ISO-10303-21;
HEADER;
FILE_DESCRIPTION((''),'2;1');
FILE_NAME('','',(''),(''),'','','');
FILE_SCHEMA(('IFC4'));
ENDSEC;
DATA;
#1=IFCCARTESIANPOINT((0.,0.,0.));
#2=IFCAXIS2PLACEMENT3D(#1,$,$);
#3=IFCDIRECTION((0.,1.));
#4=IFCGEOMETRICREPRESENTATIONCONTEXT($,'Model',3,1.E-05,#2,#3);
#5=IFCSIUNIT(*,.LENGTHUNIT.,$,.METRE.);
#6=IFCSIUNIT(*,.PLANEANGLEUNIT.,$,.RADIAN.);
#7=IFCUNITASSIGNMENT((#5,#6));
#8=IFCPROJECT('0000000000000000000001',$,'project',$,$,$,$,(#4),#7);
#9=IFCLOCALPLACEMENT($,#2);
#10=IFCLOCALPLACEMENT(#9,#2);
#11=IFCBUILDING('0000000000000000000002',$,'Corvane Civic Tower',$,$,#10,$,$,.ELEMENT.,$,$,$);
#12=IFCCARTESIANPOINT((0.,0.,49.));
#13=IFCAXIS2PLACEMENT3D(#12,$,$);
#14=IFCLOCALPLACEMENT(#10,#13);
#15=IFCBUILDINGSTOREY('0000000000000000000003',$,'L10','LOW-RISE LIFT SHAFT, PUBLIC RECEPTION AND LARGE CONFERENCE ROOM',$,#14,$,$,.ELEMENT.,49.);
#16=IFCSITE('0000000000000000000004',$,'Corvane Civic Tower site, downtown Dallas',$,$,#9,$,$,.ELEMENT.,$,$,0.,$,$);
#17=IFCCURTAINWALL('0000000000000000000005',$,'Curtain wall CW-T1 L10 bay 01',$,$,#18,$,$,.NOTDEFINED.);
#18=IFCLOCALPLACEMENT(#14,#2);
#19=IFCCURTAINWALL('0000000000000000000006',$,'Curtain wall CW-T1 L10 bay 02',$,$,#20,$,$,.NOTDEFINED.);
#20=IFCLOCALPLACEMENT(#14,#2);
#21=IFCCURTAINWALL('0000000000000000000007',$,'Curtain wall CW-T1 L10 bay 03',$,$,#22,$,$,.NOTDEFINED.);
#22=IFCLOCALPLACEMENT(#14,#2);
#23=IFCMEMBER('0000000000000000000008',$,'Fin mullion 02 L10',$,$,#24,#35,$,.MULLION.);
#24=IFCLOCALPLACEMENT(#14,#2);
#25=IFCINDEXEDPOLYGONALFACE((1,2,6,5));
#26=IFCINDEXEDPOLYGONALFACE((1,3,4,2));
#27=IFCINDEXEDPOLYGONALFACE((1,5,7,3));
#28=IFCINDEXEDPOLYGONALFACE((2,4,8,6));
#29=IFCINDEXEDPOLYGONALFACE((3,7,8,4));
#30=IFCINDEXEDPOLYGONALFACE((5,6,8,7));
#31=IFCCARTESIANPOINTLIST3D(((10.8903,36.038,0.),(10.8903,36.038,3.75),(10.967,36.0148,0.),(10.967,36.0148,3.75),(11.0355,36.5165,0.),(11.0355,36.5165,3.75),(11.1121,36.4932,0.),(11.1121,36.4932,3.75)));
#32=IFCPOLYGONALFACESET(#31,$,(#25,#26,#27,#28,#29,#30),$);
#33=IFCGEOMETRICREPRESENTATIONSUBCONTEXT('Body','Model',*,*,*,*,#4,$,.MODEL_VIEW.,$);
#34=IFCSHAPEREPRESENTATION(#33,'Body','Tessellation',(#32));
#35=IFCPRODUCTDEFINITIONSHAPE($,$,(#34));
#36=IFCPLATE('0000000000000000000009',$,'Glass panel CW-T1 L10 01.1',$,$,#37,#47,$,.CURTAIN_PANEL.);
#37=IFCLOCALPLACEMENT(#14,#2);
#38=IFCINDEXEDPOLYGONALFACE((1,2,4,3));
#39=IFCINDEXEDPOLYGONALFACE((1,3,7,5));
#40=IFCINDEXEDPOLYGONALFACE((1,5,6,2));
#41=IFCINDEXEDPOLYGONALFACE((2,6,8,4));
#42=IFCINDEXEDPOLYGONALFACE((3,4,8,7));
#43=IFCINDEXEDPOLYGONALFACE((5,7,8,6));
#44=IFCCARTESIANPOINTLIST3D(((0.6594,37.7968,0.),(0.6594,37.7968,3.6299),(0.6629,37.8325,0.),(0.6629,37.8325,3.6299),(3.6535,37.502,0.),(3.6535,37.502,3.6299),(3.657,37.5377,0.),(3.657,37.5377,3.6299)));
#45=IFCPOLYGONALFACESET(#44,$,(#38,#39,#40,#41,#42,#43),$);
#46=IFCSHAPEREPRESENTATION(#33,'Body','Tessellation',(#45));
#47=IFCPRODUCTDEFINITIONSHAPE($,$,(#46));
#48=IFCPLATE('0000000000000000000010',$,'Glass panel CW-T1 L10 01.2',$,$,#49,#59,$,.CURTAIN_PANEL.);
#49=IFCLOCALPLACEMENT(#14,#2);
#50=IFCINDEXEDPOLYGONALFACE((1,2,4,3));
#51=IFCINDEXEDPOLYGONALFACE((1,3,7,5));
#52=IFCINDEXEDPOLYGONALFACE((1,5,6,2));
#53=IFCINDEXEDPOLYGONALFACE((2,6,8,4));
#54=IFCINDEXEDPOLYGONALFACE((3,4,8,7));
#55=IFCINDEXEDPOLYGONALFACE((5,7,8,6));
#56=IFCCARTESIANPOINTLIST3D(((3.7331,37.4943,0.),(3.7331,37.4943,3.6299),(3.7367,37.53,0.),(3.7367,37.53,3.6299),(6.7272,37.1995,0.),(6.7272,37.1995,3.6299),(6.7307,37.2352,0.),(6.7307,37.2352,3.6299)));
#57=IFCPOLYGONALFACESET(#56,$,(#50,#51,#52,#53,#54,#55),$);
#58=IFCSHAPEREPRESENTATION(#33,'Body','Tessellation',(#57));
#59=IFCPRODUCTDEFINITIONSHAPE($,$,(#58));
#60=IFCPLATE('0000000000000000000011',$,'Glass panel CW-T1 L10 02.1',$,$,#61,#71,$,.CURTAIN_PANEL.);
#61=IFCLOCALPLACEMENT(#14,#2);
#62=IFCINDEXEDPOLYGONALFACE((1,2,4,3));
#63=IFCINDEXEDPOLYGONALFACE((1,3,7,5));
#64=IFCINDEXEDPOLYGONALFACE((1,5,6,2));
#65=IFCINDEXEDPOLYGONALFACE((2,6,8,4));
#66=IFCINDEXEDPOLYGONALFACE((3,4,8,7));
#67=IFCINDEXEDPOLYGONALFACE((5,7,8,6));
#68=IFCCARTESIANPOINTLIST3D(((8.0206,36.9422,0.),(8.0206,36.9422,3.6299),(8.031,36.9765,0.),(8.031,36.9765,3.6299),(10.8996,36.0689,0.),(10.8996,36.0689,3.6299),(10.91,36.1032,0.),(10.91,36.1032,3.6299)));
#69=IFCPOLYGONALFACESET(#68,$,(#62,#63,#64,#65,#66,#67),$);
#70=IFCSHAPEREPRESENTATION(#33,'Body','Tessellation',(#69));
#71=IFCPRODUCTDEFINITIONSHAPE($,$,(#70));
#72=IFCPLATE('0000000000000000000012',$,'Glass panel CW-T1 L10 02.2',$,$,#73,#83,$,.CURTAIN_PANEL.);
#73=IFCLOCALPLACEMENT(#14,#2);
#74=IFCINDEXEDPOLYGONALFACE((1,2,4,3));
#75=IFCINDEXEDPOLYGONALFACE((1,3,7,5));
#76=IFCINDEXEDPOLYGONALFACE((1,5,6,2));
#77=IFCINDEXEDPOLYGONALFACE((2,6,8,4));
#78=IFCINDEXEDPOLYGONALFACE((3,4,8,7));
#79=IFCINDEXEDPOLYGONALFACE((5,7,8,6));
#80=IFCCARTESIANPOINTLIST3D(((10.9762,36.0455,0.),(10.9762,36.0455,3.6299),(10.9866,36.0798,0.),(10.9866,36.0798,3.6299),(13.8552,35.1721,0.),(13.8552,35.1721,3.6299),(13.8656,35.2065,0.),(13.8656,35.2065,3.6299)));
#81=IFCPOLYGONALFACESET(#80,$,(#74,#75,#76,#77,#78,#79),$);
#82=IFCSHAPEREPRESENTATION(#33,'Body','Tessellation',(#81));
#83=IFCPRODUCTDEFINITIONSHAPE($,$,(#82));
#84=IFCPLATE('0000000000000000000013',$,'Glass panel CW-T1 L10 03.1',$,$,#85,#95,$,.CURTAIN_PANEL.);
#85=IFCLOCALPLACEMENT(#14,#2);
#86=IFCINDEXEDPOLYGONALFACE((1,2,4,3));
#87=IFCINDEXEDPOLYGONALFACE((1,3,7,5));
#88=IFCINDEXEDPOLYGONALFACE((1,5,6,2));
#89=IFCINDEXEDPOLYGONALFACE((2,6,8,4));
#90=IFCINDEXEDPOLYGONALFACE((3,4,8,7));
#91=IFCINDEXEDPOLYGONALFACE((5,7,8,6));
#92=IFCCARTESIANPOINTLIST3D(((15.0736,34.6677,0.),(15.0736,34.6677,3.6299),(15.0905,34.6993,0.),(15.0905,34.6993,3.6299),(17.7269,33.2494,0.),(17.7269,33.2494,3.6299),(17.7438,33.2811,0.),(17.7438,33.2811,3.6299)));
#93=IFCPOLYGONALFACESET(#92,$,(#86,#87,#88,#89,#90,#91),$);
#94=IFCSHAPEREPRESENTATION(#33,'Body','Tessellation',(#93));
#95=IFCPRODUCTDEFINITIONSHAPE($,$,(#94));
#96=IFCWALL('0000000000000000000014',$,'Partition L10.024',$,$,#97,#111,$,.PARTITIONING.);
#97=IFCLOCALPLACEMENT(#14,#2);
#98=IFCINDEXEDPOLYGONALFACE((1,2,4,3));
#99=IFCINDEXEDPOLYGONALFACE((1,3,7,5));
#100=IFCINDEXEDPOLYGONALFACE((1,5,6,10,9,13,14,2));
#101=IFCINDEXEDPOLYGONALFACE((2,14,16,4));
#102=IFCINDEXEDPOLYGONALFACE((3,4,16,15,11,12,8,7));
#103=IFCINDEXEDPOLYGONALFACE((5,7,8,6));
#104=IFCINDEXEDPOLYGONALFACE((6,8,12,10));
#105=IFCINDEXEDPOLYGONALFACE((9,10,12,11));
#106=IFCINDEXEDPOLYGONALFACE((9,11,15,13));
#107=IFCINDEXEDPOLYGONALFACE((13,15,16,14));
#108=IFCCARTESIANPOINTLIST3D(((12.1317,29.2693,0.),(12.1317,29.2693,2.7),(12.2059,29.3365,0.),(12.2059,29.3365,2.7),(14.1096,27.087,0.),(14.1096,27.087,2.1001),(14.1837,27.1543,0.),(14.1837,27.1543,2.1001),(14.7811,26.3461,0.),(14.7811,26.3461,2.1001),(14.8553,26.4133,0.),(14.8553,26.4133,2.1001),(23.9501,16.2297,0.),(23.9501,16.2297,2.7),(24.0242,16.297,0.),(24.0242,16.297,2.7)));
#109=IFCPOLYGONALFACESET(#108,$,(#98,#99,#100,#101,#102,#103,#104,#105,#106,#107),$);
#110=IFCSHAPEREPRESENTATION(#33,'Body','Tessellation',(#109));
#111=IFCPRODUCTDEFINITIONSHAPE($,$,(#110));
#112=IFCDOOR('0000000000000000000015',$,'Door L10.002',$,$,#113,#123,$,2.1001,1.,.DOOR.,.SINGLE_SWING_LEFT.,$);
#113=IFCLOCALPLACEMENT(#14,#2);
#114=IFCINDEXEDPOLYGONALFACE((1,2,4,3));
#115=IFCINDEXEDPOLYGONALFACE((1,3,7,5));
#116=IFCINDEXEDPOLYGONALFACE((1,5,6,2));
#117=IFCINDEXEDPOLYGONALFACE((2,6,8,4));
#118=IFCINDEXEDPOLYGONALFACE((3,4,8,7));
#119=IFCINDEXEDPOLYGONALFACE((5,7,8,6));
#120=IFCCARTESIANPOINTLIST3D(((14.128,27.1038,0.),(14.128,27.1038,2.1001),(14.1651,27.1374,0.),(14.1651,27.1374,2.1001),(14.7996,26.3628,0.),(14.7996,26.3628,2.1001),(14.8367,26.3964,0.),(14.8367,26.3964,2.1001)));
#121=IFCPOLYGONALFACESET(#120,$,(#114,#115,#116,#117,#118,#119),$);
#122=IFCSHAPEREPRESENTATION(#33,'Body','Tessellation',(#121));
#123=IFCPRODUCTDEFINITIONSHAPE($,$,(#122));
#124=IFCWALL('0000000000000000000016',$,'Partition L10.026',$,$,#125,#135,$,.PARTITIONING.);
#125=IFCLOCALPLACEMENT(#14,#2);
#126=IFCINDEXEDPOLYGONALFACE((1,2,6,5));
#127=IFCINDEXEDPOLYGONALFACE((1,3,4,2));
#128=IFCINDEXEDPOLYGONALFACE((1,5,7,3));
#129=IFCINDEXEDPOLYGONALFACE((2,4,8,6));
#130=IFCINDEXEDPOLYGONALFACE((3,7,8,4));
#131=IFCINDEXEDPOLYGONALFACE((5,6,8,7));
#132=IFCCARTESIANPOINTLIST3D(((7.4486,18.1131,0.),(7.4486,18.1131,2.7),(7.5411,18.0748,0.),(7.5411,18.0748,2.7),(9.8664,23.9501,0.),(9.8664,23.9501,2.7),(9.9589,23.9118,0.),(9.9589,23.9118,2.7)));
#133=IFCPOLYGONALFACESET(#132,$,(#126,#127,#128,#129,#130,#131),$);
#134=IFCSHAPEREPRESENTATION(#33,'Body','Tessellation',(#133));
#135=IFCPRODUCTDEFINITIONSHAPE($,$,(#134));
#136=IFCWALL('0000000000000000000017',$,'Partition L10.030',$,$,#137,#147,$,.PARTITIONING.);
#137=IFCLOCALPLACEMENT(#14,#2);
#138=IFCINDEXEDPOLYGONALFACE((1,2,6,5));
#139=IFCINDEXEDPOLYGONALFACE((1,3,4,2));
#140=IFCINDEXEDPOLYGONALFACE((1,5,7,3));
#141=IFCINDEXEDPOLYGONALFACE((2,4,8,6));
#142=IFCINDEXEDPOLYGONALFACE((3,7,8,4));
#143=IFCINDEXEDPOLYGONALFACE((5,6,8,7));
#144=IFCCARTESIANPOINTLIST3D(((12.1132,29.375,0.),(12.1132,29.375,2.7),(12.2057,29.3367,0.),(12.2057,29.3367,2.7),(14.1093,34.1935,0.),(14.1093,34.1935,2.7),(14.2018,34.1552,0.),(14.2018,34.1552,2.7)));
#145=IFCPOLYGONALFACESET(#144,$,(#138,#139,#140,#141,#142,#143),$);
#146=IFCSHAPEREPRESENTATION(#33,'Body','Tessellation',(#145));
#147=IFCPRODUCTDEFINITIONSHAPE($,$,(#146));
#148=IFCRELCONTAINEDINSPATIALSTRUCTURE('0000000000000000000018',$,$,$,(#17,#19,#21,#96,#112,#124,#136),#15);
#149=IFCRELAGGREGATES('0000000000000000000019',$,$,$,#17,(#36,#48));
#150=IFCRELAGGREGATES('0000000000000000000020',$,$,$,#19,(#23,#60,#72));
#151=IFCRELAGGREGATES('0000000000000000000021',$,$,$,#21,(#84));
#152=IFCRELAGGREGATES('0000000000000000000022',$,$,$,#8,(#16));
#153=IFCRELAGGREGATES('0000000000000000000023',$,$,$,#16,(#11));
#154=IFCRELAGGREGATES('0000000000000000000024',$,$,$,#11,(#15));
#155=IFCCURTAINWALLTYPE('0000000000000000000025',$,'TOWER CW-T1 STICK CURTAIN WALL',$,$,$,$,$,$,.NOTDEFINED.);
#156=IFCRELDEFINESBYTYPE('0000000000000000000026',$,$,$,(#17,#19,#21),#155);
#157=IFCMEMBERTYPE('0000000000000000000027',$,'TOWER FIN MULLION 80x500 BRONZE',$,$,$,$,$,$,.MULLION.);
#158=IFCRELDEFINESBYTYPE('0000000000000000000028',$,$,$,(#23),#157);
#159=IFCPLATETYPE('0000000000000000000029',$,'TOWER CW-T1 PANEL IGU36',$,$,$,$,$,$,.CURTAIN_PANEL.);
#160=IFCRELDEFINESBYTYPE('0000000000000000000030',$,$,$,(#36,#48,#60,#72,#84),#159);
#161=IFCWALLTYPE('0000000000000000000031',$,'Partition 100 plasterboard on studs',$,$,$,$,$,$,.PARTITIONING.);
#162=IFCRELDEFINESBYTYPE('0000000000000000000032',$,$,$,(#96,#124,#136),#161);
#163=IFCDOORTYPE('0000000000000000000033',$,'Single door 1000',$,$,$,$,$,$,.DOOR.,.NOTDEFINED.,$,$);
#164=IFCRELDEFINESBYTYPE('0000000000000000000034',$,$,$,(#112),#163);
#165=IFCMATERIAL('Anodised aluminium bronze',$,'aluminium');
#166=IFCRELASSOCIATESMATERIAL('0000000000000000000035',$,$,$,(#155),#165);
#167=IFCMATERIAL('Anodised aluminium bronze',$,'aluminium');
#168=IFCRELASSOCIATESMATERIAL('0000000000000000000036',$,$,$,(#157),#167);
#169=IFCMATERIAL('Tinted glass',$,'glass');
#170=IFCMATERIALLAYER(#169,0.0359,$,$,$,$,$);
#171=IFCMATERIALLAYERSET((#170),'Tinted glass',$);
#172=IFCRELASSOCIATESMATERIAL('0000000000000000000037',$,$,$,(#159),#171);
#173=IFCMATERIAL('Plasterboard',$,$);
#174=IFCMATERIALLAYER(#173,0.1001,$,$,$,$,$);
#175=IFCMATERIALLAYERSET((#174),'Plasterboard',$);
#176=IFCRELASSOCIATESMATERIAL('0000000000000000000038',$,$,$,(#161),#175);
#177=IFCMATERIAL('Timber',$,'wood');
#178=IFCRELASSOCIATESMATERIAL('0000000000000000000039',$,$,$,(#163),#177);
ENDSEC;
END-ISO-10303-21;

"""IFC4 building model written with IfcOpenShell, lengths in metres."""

from ifc_helpers import new_model, si_unit, direction, frame, frame_2d, origin, origin_2d, place, context, subcontext, project, spatial, rectangle, extrude, material, layer, layer_set, material_profile, profile_set, type_object, element, fill, aggregate, save


model = new_model("IFC4")

# Units and contexts
model_context = context("Model", 3, precision=1e-05, world=origin(), true_north=direction((0.0, 1.0)))
body_context = subcontext(model_context, "Body", "Model", "MODEL_VIEW")
ifc_project = project(units=[si_unit("LENGTHUNIT", "METRE"), si_unit("PLANEANGLEUNIT", "RADIAN")], contexts=[model_context])

# Site, building, storey
site_placement = place(None, origin())
site = spatial("IfcSite", under=ifc_project, at=site_placement, Name="Corvane Civic Tower site, downtown Dallas", CompositionType="ELEMENT", RefElevation=0.0)
building_placement = place(site_placement, origin())
building = spatial("IfcBuilding", under=site, at=building_placement, Name="Corvane Civic Tower", CompositionType="ELEMENT")
storey_placement = place(building_placement, frame((0.0, 0.0, 49.0)))
storey = spatial("IfcBuildingStorey", under=building, at=storey_placement, Name="L10", Description="LOW-RISE LIFT SHAFT, PUBLIC RECEPTION AND LARGE CONFERENCE ROOM", CompositionType="ELEMENT", Elevation=49.0)

# Curtain walls
ifc_material_1 = material(Name="Anodised aluminium bronze", Category="aluminium")
curtain_wall_type = type_object("IfcCurtainWallType", Name="TOWER CW-T1 STICK CURTAIN WALL", PredefinedType="NOTDEFINED", material=ifc_material_1)
curtain_wall_1_placement = place(storey_placement, origin())
curtain_wall_1 = element("IfcCurtainWall", 1, at=curtain_wall_1_placement, inside=storey, type_object=curtain_wall_type, Name="Curtain wall CW-T1 L10 bay 01", PredefinedType="NOTDEFINED")
curtain_wall_2_placement = place(storey_placement, origin())
curtain_wall_2 = element("IfcCurtainWall", 2, at=curtain_wall_2_placement, inside=storey, type_object=curtain_wall_type, Name="Curtain wall CW-T1 L10 bay 02", PredefinedType="NOTDEFINED")
curtain_wall_3_placement = place(storey_placement, origin())
curtain_wall_3 = element("IfcCurtainWall", 3, at=curtain_wall_3_placement, inside=storey, type_object=curtain_wall_type, Name="Curtain wall CW-T1 L10 bay 03", PredefinedType="NOTDEFINED")

# Member
ifc_material_2 = material(Name="Anodised aluminium bronze", Category="aluminium")
ifc_material_profile_1 = material_profile(ifc_material_2, rectangle(XDim=0.0801, YDim=0.5, at=origin_2d()), Name="TOWER FIN MULLION 80x500 BRONZE")
ifc_profile_set_1 = profile_set([ifc_material_profile_1], Name="Anodised aluminium bronze")
member_type_1 = type_object("IfcMemberType", Name="TOWER FIN MULLION 80x500 BRONZE", PredefinedType="MULLION", material=ifc_profile_set_1)
member_1_placement = place(storey_placement, frame((11.0012, 36.2656, 0.0), z_axis=(0.0, 0.0, 1.0), x_axis=(0.956942, -0.290278, 0.0)))
member_1 = element("IfcMember", 4, at=member_1_placement, type_object=member_type_1, Name="Fin mullion 02 L10", PredefinedType="MULLION", context=body_context, shape_type="SweptSolid", body=[
    extrude(rectangle(XDim=0.0801, YDim=0.5, at=origin_2d()), origin(), (0.0, 0.0, 1.0), 3.75),
])

# Plates
ifc_material_3 = material(Name="Tinted glass", Category="glass")
ifc_layer_1 = layer(ifc_material_3, 0.0359)
ifc_layer_set_1 = layer_set([ifc_layer_1], Name="Tinted glass")
plate_type = type_object("IfcPlateType", Name="TOWER CW-T1 PANEL IGU36", PredefinedType="CURTAIN_PANEL", material=ifc_layer_set_1)
plate_1_placement = place(storey_placement, frame((2.1582, 37.6672, 0.0), z_axis=(0.0, 0.0, 1.0), x_axis=(0.995186, -0.098006, 0.0)))
plate_1 = element("IfcPlate", 5, at=plate_1_placement, type_object=plate_type, Name="Glass panel CW-T1 L10 01.1", PredefinedType="CURTAIN_PANEL", context=body_context, shape_type="SweptSolid", body=[
    extrude(rectangle(XDim=3.0085, YDim=0.0359, at=origin_2d()), origin(), (0.0, 0.0, 1.0), 3.6299),
])
plate_2_placement = place(storey_placement, frame((5.2319, 37.3647, 0.0), z_axis=(0.0, 0.0, 1.0), x_axis=(0.995186, -0.098006, 0.0)))
plate_2 = element("IfcPlate", 6, at=plate_2_placement, type_object=plate_type, Name="Glass panel CW-T1 L10 01.2", PredefinedType="CURTAIN_PANEL", context=body_context, shape_type="SweptSolid", body=[
    extrude(rectangle(XDim=3.0085, YDim=0.0359, at=origin_2d()), origin(), (0.0, 0.0, 1.0), 3.6299),
])
aggregate(curtain_wall_1, [plate_1, plate_2])
plate_3_placement = place(storey_placement, frame((9.4653, 36.5227, 0.0), z_axis=(0.0, 0.0, 1.0), x_axis=(0.956942, -0.290278, 0.0)))
plate_3 = element("IfcPlate", 7, at=plate_3_placement, type_object=plate_type, Name="Glass panel CW-T1 L10 02.1", PredefinedType="CURTAIN_PANEL", context=body_context, shape_type="SweptSolid", body=[
    extrude(rectangle(XDim=3.0085, YDim=0.0359, at=origin_2d()), origin(), (0.0, 0.0, 1.0), 3.6299),
])
plate_4_placement = place(storey_placement, frame((12.4209, 35.626, 0.0), z_axis=(0.0, 0.0, 1.0), x_axis=(0.956942, -0.290278, 0.0)))
plate_4 = element("IfcPlate", 8, at=plate_4_placement, type_object=plate_type, Name="Glass panel CW-T1 L10 02.2", PredefinedType="CURTAIN_PANEL", context=body_context, shape_type="SweptSolid", body=[
    extrude(rectangle(XDim=3.0085, YDim=0.0359, at=origin_2d()), origin(), (0.0, 0.0, 1.0), 3.6299),
])
aggregate(curtain_wall_2, [member_1, plate_3, plate_4])
plate_5_placement = place(storey_placement, frame((16.4087, 33.9744, 0.0), z_axis=(0.0, 0.0, 1.0), x_axis=(0.881918, -0.471404, 0.0)))
plate_5 = element("IfcPlate", 9, at=plate_5_placement, type_object=plate_type, Name="Glass panel CW-T1 L10 03.1", PredefinedType="CURTAIN_PANEL", context=body_context, shape_type="SweptSolid", body=[
    extrude(rectangle(XDim=3.0085, YDim=0.0359, at=origin_2d()), origin(), (0.0, 0.0, 1.0), 3.6299),
])
aggregate(curtain_wall_3, [plate_5])

# Wall, opening, door
ifc_material_4 = material(Name="Plasterboard")
ifc_layer_2 = layer(ifc_material_4, 0.1001)
ifc_layer_set_2 = layer_set([ifc_layer_2], Name="Plasterboard")
wall_type = type_object("IfcWallType", Name="Partition 100 plasterboard on studs", PredefinedType="PARTITIONING", material=ifc_layer_set_2)
wall_1_placement = place(storey_placement, frame((12.1687, 29.303, 0.0), z_axis=(0.0, 0.0, 1.0), x_axis=(0.671559, -0.740951, 0.0)))
wall_1 = element("IfcWall", 10, at=wall_1_placement, inside=storey, type_object=wall_type, Name="Partition L10.024", PredefinedType="PARTITIONING", context=body_context, shape_type="SweptSolid", body=[
    extrude(rectangle(XDim=17.5984, YDim=0.1001, at=frame_2d((8.7993, 0.0))), origin(), (0.0, 0.0, 1.0), 2.7),
])
opening_placement = place(wall_1_placement, frame((2.9453, 0.0, 0.0)))
opening = element("IfcOpeningElement", 11, at=opening_placement, cuts=wall_1, PredefinedType="OPENING", context=body_context, shape_type="SweptSolid", body=[
    extrude(rectangle(XDim=1.0, YDim=2.1001, at=frame_2d((0.5, 1.05))), frame((0.0, 0.0601, 0.0), z_axis=(0.0, -1.0, 0.0), x_axis=(1.0, 0.0, 0.0)), (0.0, 0.0, 1.0), 0.1201),
])
ifc_material_5 = material(Name="Timber", Category="wood")
door_type = type_object("IfcDoorType", Name="Single door 1000", OperationType="NOTDEFINED", PredefinedType="DOOR", material=ifc_material_5)
door_placement = place(opening_placement, origin())
door = element("IfcDoor", 12, at=door_placement, inside=storey, type_object=door_type, Name="Door L10.002", OperationType="SINGLE_SWING_LEFT", OverallHeight=2.1001, OverallWidth=1.0, PredefinedType="DOOR", context=body_context, shape_type="SweptSolid", body=[
    extrude(rectangle(XDim=1.0, YDim=2.1001, at=frame_2d((0.5, 1.05))), frame((0.0, 0.0249, 0.0), z_axis=(0.0, -1.0, 0.0), x_axis=(1.0, 0.0, 0.0)), (0.0, 0.0, 1.0), 0.05),
])
fill(opening, door)

# Walls
wall_2_placement = place(storey_placement, frame((7.4949, 18.094, 0.0), z_axis=(0.0, 0.0, 1.0), x_axis=(0.382683, 0.92388, 0.0)))
element("IfcWall", 13, at=wall_2_placement, inside=storey, type_object=wall_type, Name="Partition L10.026", PredefinedType="PARTITIONING", context=body_context, shape_type="SweptSolid", body=[
    extrude(rectangle(XDim=6.3179, YDim=0.1001, at=frame_2d((3.1589, 0.0))), origin(), (0.0, 0.0, 1.0), 2.7),
])
wall_3_placement = place(storey_placement, frame((12.1594, 29.3557, 0.0), z_axis=(0.0, 0.0, 1.0), x_axis=(0.38271, 0.923868, 0.0)))
element("IfcWall", 14, at=wall_3_placement, inside=storey, type_object=wall_type, Name="Partition L10.030", PredefinedType="PARTITIONING", context=body_context, shape_type="SweptSolid", body=[
    extrude(rectangle(XDim=5.2156, YDim=0.1001, at=frame_2d((2.6079, 0.0))), origin(), (0.0, 0.0, 1.0), 2.7),
])

save(model, "model.ifc")
